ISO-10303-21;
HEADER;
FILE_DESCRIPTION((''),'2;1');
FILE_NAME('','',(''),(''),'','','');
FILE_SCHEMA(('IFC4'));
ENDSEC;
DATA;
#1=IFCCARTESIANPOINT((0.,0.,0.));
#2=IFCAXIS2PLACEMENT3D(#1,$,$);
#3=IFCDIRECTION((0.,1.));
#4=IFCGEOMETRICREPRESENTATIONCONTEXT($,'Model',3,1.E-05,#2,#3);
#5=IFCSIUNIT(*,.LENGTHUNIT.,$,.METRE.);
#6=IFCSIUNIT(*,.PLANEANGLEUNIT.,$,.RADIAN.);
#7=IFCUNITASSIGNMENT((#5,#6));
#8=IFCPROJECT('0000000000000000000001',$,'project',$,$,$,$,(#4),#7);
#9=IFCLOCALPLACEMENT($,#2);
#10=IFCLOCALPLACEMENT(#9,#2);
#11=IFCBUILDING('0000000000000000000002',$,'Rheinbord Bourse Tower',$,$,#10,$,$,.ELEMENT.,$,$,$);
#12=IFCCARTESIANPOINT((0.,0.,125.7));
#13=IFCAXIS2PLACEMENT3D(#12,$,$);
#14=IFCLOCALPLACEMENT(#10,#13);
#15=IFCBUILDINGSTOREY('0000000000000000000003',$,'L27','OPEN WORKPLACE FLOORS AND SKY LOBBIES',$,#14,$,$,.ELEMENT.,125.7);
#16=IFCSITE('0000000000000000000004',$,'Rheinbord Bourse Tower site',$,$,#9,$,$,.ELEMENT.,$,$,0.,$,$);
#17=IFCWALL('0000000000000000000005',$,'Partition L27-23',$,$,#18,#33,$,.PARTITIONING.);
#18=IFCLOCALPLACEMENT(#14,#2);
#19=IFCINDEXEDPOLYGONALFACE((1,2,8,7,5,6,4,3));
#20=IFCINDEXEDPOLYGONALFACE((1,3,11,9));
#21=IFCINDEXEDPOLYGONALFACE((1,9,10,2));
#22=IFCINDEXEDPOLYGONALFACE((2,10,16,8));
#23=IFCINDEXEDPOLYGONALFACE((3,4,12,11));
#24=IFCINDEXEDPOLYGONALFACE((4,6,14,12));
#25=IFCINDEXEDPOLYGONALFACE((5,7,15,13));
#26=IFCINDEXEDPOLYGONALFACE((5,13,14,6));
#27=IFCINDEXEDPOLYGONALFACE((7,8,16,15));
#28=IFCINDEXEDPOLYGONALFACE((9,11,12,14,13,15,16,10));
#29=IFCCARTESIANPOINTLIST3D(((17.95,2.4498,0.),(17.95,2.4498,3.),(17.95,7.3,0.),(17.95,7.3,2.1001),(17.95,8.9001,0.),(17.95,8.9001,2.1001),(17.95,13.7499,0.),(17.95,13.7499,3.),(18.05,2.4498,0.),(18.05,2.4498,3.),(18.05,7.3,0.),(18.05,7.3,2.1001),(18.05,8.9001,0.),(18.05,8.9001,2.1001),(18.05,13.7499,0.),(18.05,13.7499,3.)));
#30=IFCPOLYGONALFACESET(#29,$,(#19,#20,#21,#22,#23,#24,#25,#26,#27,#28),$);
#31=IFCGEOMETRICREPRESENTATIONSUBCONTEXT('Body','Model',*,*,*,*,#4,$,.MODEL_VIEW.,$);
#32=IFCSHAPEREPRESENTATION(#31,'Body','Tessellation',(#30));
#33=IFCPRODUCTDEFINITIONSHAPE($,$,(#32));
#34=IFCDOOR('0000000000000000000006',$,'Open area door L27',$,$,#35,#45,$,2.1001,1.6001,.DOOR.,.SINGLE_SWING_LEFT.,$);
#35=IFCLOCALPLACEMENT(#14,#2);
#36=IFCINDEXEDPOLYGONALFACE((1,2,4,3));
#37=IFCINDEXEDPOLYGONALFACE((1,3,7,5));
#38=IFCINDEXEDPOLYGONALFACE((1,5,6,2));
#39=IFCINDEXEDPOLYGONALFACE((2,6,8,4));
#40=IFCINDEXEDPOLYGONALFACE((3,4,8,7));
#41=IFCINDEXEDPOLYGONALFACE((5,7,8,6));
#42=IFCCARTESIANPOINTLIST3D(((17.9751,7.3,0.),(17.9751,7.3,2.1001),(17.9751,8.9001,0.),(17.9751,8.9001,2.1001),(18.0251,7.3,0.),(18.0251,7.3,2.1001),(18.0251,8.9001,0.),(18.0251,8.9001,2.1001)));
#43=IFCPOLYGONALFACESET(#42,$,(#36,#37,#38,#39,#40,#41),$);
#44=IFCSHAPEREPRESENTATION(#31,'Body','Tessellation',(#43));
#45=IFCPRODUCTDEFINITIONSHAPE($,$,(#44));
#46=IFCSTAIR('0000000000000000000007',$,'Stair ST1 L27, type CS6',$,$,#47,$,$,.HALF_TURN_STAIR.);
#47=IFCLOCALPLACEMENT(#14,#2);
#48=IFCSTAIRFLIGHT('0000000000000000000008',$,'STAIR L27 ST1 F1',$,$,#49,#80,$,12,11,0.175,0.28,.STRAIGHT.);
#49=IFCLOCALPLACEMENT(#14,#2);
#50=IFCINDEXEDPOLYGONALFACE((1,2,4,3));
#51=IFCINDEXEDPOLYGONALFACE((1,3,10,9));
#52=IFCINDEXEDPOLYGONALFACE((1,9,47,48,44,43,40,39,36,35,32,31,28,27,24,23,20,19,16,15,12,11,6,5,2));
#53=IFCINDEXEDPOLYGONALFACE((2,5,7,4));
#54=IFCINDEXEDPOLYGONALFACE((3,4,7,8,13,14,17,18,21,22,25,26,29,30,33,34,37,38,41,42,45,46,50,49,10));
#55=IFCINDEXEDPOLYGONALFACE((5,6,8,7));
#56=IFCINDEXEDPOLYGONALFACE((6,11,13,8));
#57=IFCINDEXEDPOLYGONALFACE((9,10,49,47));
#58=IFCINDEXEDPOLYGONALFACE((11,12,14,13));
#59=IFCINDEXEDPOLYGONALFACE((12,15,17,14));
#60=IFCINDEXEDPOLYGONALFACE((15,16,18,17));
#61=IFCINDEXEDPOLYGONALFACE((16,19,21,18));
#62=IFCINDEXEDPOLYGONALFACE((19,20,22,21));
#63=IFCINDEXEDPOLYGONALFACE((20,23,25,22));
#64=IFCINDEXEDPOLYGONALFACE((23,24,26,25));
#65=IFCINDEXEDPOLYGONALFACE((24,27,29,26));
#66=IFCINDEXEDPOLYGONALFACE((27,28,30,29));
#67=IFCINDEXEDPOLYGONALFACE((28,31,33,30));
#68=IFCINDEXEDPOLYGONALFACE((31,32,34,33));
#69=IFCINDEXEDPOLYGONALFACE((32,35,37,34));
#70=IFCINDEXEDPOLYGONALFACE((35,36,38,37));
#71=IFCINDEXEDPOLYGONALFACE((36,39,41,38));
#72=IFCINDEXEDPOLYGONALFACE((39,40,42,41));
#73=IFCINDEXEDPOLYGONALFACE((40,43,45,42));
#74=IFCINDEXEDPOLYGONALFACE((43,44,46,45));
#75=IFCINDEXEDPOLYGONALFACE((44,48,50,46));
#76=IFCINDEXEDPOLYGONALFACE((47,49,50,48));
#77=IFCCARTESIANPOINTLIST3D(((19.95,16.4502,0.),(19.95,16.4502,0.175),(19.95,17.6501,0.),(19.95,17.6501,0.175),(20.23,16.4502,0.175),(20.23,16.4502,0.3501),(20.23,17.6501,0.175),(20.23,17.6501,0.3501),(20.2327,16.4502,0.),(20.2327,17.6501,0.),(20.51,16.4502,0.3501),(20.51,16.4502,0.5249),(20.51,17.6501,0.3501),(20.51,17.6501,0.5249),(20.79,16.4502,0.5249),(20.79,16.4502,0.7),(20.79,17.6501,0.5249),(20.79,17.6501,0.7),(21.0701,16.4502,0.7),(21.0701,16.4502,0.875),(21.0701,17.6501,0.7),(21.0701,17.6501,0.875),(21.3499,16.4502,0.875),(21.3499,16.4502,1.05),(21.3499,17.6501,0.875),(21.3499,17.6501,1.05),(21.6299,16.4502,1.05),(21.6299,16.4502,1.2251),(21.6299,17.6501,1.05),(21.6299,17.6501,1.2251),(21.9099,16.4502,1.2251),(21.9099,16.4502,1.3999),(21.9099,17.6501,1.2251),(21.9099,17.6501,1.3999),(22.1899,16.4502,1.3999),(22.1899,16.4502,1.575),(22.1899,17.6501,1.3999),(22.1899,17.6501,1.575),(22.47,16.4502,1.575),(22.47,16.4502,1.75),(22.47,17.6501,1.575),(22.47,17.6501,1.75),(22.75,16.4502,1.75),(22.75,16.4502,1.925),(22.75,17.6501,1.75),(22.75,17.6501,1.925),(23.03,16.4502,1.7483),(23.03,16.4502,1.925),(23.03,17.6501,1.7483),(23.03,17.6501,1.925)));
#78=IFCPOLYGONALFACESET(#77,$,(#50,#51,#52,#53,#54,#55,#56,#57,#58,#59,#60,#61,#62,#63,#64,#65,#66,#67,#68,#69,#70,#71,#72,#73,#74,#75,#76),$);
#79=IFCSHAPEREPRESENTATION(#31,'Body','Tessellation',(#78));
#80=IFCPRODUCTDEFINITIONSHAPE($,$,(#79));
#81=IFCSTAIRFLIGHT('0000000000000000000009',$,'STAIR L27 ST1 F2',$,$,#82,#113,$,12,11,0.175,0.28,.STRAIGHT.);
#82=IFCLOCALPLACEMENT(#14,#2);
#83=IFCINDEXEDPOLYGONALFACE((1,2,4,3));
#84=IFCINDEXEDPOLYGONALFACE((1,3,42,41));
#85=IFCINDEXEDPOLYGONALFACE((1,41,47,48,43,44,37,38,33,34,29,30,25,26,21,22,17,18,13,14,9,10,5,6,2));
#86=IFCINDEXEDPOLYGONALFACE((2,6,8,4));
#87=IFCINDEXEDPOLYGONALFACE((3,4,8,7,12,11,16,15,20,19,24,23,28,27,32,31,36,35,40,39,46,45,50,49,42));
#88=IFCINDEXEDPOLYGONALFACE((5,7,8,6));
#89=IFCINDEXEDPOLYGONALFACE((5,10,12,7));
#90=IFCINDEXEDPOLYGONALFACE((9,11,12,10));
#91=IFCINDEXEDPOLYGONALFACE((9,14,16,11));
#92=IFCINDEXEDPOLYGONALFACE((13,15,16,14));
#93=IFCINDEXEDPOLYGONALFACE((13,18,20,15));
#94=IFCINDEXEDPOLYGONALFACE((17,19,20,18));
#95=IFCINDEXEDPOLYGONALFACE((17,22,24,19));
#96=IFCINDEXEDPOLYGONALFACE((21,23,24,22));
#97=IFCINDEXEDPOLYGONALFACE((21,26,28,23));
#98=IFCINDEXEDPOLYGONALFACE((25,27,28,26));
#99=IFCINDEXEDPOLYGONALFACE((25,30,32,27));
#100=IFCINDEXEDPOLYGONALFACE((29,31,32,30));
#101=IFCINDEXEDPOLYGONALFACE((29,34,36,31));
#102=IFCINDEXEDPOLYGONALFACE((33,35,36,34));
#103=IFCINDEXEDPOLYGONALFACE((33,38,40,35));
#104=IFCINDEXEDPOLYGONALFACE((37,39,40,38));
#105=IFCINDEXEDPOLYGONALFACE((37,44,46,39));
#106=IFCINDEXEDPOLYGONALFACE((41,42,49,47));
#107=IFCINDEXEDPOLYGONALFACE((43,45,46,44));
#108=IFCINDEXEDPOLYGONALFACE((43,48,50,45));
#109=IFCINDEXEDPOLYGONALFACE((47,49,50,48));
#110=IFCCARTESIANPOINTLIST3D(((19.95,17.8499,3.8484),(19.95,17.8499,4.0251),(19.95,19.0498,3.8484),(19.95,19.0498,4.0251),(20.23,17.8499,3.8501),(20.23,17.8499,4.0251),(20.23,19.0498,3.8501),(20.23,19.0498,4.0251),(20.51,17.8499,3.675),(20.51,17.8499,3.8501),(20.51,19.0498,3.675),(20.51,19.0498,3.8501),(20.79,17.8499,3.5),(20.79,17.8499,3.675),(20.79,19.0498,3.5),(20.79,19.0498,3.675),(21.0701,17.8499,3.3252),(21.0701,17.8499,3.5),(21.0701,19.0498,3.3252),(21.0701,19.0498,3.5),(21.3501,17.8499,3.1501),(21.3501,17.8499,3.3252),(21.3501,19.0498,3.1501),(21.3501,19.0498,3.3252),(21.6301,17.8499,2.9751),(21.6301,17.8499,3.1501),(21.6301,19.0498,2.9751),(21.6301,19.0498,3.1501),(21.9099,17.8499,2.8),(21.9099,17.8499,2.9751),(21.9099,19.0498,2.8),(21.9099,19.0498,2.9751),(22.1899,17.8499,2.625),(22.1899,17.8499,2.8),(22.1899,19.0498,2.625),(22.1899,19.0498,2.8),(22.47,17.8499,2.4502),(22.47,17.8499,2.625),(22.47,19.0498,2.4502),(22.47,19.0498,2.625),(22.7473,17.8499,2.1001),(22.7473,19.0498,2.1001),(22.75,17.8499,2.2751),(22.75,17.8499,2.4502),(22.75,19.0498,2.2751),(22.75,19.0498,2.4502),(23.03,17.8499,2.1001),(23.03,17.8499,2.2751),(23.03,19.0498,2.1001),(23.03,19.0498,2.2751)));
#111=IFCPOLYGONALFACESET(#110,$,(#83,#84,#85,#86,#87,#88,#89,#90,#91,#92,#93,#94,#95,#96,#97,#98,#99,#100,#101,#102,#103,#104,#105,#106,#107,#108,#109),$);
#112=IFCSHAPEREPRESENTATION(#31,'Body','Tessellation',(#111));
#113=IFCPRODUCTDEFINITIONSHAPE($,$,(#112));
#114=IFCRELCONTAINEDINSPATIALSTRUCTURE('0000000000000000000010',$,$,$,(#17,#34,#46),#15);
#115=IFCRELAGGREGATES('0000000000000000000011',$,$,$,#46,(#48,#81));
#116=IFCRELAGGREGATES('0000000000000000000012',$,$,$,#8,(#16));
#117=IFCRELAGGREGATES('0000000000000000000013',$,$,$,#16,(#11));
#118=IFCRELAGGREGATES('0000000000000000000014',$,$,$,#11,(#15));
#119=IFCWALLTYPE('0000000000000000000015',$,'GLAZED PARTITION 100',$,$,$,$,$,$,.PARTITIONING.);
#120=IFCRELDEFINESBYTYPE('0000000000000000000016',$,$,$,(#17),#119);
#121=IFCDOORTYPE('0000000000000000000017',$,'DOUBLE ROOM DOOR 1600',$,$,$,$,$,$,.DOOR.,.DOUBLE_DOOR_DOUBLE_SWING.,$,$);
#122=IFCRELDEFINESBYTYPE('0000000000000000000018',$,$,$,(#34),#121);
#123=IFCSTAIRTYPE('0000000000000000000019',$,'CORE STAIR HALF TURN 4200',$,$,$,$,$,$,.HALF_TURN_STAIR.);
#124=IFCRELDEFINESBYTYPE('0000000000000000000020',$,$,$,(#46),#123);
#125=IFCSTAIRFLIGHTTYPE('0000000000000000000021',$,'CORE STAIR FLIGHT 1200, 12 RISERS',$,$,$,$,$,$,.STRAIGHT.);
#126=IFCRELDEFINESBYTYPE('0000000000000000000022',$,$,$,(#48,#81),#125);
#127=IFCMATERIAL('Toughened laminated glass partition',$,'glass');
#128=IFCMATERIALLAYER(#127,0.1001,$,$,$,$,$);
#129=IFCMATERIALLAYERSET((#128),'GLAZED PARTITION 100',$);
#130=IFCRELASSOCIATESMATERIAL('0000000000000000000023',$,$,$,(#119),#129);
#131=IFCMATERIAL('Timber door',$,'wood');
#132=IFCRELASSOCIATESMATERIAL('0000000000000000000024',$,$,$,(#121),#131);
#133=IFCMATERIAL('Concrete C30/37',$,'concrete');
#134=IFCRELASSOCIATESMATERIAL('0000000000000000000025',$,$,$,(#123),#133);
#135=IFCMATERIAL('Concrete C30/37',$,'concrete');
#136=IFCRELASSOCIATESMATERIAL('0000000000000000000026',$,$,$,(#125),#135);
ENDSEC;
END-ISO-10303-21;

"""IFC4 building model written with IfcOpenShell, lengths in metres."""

from ifc_helpers import new_model, si_unit, direction, frame, frame_2d, origin, place, context, subcontext, project, spatial, polyline, rectangle, outline, extrude, material, layer, layer_set, type_object, element, fill, aggregate, save


model = new_model("IFC4")

# Units and contexts
model_context = context("Model", 3, precision=1e-05, world=origin(), true_north=direction((0.0, 1.0)))
body_context = subcontext(model_context, "Body", "Model", "MODEL_VIEW")
ifc_project = project(units=[si_unit("LENGTHUNIT", "METRE"), si_unit("PLANEANGLEUNIT", "RADIAN")], contexts=[model_context])

# Site, building, storey
site_placement = place(None, origin())
site = spatial("IfcSite", under=ifc_project, at=site_placement, Name="Rheinbord Bourse Tower site", CompositionType="ELEMENT", RefElevation=0.0)
building_placement = place(site_placement, origin())
building = spatial("IfcBuilding", under=site, at=building_placement, Name="Rheinbord Bourse Tower", CompositionType="ELEMENT")
storey_placement = place(building_placement, frame((0.0, 0.0, 125.7)))
storey = spatial("IfcBuildingStorey", under=building, at=storey_placement, Name="L27", Description="OPEN WORKPLACE FLOORS AND SKY LOBBIES", CompositionType="ELEMENT", Elevation=125.7)

# Wall, opening, door
ifc_material_1 = material(Name="Toughened laminated glass partition", Category="glass")
ifc_layer_1 = layer(ifc_material_1, 0.1001)
ifc_layer_set_1 = layer_set([ifc_layer_1], Name="GLAZED PARTITION 100")
wall_type_1 = type_object("IfcWallType", Name="GLAZED PARTITION 100", PredefinedType="PARTITIONING", material=ifc_layer_set_1)
wall_1_placement = place(storey_placement, frame((18.0, 2.45, 0.0), z_axis=(0.0, 0.0, 1.0), x_axis=(0.0, 1.0, 0.0)))
wall_1 = element("IfcWall", 1, at=wall_1_placement, inside=storey, type_object=wall_type_1, Name="Partition L27-23", PredefinedType="PARTITIONING", context=body_context, shape_type="SweptSolid", body=[
    extrude(rectangle(XDim=11.3, YDim=0.1001, at=frame_2d((5.6499, 0.0))), origin(), (0.0, 0.0, 1.0), 3.0),
])
opening_1_placement = place(wall_1_placement, frame((4.8501, 0.0, 0.0)))
opening_1 = element("IfcOpeningElement", 2, at=opening_1_placement, cuts=wall_1, PredefinedType="OPENING", context=body_context, shape_type="SweptSolid", body=[
    extrude(rectangle(XDim=1.6001, YDim=2.1001, at=frame_2d((0.8, 1.05))), frame((0.0, 0.0601, 0.0), z_axis=(0.0, -1.0, 0.0), x_axis=(1.0, 0.0, 0.0)), (0.0, 0.0, 1.0), 0.1201),
])
ifc_material_2 = material(Name="Timber door", Category="wood")
door_type_1 = type_object("IfcDoorType", Name="DOUBLE ROOM DOOR 1600", OperationType="DOUBLE_DOOR_DOUBLE_SWING", PredefinedType="DOOR", material=ifc_material_2)
door_1_placement = place(opening_1_placement, origin())
door_1 = element("IfcDoor", 3, at=door_1_placement, inside=storey, type_object=door_type_1, Name="Open area door L27", OperationType="SINGLE_SWING_LEFT", OverallHeight=2.1001, OverallWidth=1.6001, PredefinedType="DOOR", context=body_context, shape_type="SweptSolid", body=[
    extrude(rectangle(XDim=1.6001, YDim=2.1001, at=frame_2d((0.8, 1.05))), frame((0.0, 0.0249, 0.0), z_axis=(0.0, -1.0, 0.0), x_axis=(1.0, 0.0, 0.0)), (0.0, 0.0, 1.0), 0.05),
])
fill(opening_1, door_1)

# Stair, stair flights
ifc_material_3 = material(Name="Concrete C30/37", Category="concrete")
stair_type = type_object("IfcStairType", Name="CORE STAIR HALF TURN 4200", PredefinedType="HALF_TURN_STAIR", material=ifc_material_3)
stair_placement = place(storey_placement, origin())
stair = element("IfcStair", 4, at=stair_placement, inside=storey, type_object=stair_type, Name="Stair ST1 L27, type CS6", PredefinedType="HALF_TURN_STAIR")
ifc_material_4 = material(Name="Concrete C30/37", Category="concrete")
stair_flight_type = type_object("IfcStairFlightType", Name="CORE STAIR FLIGHT 1200, 12 RISERS", PredefinedType="STRAIGHT", material=ifc_material_4)
stair_flight_1_placement = place(storey_placement, frame((19.95, 17.05, 0.0), z_axis=(0.0, 0.0, 1.0), x_axis=(1.0, 0.0, 0.0)))
stair_flight_1 = element("IfcStairFlight", 5, at=stair_flight_1_placement, type_object=stair_flight_type, Name="STAIR L27 ST1 F1", NumberOfRisers=12, NumberOfTreads=11, PredefinedType="STRAIGHT", RiserHeight=0.175, TreadLength=0.28, context=body_context, shape_type="SweptSolid", body=[
    extrude(outline(polyline([(0.0, 0.0), (0.0, 0.175), (0.28, 0.175), (0.28, 0.3501), (0.5601, 0.3501), (0.5601, 0.5249), (0.8401, 0.5249), (0.8401, 0.7), (1.1201, 0.7), (1.1201, 0.875), (1.3999, 0.875), (1.3999, 1.05), (1.6799, 1.05), (1.6799, 1.2251), (1.96, 1.2251), (1.96, 1.3999), (2.24, 1.3999), (2.24, 1.575), (2.52, 1.575), (2.52, 1.75), (2.8, 1.75), (2.8, 1.925), (3.0801, 1.925), (3.0801, 2.1001), (3.0801, 1.7483), (0.2827, 0.0), (0.0, 0.0)])), frame((0.0, 0.6001, 0.0), z_axis=(0.0, -1.0, 0.0), x_axis=(1.0, 0.0, 0.0)), (0.0, 0.0, 1.0), 1.2),
])
stair_flight_2_placement = place(storey_placement, frame((23.03, 18.45, 2.1001), z_axis=(0.0, 0.0, 1.0), x_axis=(-1.0, 0.0, 0.0)))
stair_flight_2 = element("IfcStairFlight", 6, at=stair_flight_2_placement, type_object=stair_flight_type, Name="STAIR L27 ST1 F2", NumberOfRisers=12, NumberOfTreads=11, PredefinedType="STRAIGHT", RiserHeight=0.175, TreadLength=0.28, context=body_context, shape_type="SweptSolid", body=[
    extrude(outline(polyline([(0.0, 0.0), (0.0, 0.175), (0.28, 0.175), (0.28, 0.3501), (0.5601, 0.3501), (0.5601, 0.5249), (0.8401, 0.5249), (0.8401, 0.7), (1.1201, 0.7), (1.1201, 0.875), (1.3999, 0.875), (1.3999, 1.05), (1.6799, 1.05), (1.6799, 1.2251), (1.96, 1.2251), (1.96, 1.3999), (2.24, 1.3999), (2.24, 1.575), (2.52, 1.575), (2.52, 1.75), (2.8, 1.75), (2.8, 1.925), (3.0801, 1.925), (3.0801, 2.1001), (3.0801, 1.7483), (0.2827, 0.0), (0.0, 0.0)])), frame((0.0, 0.6001, 0.0), z_axis=(0.0, -1.0, 0.0), x_axis=(1.0, 0.0, 0.0)), (0.0, 0.0, 1.0), 1.2),
])
aggregate(stair, [stair_flight_1, stair_flight_2])

save(model, "model.ifc")
